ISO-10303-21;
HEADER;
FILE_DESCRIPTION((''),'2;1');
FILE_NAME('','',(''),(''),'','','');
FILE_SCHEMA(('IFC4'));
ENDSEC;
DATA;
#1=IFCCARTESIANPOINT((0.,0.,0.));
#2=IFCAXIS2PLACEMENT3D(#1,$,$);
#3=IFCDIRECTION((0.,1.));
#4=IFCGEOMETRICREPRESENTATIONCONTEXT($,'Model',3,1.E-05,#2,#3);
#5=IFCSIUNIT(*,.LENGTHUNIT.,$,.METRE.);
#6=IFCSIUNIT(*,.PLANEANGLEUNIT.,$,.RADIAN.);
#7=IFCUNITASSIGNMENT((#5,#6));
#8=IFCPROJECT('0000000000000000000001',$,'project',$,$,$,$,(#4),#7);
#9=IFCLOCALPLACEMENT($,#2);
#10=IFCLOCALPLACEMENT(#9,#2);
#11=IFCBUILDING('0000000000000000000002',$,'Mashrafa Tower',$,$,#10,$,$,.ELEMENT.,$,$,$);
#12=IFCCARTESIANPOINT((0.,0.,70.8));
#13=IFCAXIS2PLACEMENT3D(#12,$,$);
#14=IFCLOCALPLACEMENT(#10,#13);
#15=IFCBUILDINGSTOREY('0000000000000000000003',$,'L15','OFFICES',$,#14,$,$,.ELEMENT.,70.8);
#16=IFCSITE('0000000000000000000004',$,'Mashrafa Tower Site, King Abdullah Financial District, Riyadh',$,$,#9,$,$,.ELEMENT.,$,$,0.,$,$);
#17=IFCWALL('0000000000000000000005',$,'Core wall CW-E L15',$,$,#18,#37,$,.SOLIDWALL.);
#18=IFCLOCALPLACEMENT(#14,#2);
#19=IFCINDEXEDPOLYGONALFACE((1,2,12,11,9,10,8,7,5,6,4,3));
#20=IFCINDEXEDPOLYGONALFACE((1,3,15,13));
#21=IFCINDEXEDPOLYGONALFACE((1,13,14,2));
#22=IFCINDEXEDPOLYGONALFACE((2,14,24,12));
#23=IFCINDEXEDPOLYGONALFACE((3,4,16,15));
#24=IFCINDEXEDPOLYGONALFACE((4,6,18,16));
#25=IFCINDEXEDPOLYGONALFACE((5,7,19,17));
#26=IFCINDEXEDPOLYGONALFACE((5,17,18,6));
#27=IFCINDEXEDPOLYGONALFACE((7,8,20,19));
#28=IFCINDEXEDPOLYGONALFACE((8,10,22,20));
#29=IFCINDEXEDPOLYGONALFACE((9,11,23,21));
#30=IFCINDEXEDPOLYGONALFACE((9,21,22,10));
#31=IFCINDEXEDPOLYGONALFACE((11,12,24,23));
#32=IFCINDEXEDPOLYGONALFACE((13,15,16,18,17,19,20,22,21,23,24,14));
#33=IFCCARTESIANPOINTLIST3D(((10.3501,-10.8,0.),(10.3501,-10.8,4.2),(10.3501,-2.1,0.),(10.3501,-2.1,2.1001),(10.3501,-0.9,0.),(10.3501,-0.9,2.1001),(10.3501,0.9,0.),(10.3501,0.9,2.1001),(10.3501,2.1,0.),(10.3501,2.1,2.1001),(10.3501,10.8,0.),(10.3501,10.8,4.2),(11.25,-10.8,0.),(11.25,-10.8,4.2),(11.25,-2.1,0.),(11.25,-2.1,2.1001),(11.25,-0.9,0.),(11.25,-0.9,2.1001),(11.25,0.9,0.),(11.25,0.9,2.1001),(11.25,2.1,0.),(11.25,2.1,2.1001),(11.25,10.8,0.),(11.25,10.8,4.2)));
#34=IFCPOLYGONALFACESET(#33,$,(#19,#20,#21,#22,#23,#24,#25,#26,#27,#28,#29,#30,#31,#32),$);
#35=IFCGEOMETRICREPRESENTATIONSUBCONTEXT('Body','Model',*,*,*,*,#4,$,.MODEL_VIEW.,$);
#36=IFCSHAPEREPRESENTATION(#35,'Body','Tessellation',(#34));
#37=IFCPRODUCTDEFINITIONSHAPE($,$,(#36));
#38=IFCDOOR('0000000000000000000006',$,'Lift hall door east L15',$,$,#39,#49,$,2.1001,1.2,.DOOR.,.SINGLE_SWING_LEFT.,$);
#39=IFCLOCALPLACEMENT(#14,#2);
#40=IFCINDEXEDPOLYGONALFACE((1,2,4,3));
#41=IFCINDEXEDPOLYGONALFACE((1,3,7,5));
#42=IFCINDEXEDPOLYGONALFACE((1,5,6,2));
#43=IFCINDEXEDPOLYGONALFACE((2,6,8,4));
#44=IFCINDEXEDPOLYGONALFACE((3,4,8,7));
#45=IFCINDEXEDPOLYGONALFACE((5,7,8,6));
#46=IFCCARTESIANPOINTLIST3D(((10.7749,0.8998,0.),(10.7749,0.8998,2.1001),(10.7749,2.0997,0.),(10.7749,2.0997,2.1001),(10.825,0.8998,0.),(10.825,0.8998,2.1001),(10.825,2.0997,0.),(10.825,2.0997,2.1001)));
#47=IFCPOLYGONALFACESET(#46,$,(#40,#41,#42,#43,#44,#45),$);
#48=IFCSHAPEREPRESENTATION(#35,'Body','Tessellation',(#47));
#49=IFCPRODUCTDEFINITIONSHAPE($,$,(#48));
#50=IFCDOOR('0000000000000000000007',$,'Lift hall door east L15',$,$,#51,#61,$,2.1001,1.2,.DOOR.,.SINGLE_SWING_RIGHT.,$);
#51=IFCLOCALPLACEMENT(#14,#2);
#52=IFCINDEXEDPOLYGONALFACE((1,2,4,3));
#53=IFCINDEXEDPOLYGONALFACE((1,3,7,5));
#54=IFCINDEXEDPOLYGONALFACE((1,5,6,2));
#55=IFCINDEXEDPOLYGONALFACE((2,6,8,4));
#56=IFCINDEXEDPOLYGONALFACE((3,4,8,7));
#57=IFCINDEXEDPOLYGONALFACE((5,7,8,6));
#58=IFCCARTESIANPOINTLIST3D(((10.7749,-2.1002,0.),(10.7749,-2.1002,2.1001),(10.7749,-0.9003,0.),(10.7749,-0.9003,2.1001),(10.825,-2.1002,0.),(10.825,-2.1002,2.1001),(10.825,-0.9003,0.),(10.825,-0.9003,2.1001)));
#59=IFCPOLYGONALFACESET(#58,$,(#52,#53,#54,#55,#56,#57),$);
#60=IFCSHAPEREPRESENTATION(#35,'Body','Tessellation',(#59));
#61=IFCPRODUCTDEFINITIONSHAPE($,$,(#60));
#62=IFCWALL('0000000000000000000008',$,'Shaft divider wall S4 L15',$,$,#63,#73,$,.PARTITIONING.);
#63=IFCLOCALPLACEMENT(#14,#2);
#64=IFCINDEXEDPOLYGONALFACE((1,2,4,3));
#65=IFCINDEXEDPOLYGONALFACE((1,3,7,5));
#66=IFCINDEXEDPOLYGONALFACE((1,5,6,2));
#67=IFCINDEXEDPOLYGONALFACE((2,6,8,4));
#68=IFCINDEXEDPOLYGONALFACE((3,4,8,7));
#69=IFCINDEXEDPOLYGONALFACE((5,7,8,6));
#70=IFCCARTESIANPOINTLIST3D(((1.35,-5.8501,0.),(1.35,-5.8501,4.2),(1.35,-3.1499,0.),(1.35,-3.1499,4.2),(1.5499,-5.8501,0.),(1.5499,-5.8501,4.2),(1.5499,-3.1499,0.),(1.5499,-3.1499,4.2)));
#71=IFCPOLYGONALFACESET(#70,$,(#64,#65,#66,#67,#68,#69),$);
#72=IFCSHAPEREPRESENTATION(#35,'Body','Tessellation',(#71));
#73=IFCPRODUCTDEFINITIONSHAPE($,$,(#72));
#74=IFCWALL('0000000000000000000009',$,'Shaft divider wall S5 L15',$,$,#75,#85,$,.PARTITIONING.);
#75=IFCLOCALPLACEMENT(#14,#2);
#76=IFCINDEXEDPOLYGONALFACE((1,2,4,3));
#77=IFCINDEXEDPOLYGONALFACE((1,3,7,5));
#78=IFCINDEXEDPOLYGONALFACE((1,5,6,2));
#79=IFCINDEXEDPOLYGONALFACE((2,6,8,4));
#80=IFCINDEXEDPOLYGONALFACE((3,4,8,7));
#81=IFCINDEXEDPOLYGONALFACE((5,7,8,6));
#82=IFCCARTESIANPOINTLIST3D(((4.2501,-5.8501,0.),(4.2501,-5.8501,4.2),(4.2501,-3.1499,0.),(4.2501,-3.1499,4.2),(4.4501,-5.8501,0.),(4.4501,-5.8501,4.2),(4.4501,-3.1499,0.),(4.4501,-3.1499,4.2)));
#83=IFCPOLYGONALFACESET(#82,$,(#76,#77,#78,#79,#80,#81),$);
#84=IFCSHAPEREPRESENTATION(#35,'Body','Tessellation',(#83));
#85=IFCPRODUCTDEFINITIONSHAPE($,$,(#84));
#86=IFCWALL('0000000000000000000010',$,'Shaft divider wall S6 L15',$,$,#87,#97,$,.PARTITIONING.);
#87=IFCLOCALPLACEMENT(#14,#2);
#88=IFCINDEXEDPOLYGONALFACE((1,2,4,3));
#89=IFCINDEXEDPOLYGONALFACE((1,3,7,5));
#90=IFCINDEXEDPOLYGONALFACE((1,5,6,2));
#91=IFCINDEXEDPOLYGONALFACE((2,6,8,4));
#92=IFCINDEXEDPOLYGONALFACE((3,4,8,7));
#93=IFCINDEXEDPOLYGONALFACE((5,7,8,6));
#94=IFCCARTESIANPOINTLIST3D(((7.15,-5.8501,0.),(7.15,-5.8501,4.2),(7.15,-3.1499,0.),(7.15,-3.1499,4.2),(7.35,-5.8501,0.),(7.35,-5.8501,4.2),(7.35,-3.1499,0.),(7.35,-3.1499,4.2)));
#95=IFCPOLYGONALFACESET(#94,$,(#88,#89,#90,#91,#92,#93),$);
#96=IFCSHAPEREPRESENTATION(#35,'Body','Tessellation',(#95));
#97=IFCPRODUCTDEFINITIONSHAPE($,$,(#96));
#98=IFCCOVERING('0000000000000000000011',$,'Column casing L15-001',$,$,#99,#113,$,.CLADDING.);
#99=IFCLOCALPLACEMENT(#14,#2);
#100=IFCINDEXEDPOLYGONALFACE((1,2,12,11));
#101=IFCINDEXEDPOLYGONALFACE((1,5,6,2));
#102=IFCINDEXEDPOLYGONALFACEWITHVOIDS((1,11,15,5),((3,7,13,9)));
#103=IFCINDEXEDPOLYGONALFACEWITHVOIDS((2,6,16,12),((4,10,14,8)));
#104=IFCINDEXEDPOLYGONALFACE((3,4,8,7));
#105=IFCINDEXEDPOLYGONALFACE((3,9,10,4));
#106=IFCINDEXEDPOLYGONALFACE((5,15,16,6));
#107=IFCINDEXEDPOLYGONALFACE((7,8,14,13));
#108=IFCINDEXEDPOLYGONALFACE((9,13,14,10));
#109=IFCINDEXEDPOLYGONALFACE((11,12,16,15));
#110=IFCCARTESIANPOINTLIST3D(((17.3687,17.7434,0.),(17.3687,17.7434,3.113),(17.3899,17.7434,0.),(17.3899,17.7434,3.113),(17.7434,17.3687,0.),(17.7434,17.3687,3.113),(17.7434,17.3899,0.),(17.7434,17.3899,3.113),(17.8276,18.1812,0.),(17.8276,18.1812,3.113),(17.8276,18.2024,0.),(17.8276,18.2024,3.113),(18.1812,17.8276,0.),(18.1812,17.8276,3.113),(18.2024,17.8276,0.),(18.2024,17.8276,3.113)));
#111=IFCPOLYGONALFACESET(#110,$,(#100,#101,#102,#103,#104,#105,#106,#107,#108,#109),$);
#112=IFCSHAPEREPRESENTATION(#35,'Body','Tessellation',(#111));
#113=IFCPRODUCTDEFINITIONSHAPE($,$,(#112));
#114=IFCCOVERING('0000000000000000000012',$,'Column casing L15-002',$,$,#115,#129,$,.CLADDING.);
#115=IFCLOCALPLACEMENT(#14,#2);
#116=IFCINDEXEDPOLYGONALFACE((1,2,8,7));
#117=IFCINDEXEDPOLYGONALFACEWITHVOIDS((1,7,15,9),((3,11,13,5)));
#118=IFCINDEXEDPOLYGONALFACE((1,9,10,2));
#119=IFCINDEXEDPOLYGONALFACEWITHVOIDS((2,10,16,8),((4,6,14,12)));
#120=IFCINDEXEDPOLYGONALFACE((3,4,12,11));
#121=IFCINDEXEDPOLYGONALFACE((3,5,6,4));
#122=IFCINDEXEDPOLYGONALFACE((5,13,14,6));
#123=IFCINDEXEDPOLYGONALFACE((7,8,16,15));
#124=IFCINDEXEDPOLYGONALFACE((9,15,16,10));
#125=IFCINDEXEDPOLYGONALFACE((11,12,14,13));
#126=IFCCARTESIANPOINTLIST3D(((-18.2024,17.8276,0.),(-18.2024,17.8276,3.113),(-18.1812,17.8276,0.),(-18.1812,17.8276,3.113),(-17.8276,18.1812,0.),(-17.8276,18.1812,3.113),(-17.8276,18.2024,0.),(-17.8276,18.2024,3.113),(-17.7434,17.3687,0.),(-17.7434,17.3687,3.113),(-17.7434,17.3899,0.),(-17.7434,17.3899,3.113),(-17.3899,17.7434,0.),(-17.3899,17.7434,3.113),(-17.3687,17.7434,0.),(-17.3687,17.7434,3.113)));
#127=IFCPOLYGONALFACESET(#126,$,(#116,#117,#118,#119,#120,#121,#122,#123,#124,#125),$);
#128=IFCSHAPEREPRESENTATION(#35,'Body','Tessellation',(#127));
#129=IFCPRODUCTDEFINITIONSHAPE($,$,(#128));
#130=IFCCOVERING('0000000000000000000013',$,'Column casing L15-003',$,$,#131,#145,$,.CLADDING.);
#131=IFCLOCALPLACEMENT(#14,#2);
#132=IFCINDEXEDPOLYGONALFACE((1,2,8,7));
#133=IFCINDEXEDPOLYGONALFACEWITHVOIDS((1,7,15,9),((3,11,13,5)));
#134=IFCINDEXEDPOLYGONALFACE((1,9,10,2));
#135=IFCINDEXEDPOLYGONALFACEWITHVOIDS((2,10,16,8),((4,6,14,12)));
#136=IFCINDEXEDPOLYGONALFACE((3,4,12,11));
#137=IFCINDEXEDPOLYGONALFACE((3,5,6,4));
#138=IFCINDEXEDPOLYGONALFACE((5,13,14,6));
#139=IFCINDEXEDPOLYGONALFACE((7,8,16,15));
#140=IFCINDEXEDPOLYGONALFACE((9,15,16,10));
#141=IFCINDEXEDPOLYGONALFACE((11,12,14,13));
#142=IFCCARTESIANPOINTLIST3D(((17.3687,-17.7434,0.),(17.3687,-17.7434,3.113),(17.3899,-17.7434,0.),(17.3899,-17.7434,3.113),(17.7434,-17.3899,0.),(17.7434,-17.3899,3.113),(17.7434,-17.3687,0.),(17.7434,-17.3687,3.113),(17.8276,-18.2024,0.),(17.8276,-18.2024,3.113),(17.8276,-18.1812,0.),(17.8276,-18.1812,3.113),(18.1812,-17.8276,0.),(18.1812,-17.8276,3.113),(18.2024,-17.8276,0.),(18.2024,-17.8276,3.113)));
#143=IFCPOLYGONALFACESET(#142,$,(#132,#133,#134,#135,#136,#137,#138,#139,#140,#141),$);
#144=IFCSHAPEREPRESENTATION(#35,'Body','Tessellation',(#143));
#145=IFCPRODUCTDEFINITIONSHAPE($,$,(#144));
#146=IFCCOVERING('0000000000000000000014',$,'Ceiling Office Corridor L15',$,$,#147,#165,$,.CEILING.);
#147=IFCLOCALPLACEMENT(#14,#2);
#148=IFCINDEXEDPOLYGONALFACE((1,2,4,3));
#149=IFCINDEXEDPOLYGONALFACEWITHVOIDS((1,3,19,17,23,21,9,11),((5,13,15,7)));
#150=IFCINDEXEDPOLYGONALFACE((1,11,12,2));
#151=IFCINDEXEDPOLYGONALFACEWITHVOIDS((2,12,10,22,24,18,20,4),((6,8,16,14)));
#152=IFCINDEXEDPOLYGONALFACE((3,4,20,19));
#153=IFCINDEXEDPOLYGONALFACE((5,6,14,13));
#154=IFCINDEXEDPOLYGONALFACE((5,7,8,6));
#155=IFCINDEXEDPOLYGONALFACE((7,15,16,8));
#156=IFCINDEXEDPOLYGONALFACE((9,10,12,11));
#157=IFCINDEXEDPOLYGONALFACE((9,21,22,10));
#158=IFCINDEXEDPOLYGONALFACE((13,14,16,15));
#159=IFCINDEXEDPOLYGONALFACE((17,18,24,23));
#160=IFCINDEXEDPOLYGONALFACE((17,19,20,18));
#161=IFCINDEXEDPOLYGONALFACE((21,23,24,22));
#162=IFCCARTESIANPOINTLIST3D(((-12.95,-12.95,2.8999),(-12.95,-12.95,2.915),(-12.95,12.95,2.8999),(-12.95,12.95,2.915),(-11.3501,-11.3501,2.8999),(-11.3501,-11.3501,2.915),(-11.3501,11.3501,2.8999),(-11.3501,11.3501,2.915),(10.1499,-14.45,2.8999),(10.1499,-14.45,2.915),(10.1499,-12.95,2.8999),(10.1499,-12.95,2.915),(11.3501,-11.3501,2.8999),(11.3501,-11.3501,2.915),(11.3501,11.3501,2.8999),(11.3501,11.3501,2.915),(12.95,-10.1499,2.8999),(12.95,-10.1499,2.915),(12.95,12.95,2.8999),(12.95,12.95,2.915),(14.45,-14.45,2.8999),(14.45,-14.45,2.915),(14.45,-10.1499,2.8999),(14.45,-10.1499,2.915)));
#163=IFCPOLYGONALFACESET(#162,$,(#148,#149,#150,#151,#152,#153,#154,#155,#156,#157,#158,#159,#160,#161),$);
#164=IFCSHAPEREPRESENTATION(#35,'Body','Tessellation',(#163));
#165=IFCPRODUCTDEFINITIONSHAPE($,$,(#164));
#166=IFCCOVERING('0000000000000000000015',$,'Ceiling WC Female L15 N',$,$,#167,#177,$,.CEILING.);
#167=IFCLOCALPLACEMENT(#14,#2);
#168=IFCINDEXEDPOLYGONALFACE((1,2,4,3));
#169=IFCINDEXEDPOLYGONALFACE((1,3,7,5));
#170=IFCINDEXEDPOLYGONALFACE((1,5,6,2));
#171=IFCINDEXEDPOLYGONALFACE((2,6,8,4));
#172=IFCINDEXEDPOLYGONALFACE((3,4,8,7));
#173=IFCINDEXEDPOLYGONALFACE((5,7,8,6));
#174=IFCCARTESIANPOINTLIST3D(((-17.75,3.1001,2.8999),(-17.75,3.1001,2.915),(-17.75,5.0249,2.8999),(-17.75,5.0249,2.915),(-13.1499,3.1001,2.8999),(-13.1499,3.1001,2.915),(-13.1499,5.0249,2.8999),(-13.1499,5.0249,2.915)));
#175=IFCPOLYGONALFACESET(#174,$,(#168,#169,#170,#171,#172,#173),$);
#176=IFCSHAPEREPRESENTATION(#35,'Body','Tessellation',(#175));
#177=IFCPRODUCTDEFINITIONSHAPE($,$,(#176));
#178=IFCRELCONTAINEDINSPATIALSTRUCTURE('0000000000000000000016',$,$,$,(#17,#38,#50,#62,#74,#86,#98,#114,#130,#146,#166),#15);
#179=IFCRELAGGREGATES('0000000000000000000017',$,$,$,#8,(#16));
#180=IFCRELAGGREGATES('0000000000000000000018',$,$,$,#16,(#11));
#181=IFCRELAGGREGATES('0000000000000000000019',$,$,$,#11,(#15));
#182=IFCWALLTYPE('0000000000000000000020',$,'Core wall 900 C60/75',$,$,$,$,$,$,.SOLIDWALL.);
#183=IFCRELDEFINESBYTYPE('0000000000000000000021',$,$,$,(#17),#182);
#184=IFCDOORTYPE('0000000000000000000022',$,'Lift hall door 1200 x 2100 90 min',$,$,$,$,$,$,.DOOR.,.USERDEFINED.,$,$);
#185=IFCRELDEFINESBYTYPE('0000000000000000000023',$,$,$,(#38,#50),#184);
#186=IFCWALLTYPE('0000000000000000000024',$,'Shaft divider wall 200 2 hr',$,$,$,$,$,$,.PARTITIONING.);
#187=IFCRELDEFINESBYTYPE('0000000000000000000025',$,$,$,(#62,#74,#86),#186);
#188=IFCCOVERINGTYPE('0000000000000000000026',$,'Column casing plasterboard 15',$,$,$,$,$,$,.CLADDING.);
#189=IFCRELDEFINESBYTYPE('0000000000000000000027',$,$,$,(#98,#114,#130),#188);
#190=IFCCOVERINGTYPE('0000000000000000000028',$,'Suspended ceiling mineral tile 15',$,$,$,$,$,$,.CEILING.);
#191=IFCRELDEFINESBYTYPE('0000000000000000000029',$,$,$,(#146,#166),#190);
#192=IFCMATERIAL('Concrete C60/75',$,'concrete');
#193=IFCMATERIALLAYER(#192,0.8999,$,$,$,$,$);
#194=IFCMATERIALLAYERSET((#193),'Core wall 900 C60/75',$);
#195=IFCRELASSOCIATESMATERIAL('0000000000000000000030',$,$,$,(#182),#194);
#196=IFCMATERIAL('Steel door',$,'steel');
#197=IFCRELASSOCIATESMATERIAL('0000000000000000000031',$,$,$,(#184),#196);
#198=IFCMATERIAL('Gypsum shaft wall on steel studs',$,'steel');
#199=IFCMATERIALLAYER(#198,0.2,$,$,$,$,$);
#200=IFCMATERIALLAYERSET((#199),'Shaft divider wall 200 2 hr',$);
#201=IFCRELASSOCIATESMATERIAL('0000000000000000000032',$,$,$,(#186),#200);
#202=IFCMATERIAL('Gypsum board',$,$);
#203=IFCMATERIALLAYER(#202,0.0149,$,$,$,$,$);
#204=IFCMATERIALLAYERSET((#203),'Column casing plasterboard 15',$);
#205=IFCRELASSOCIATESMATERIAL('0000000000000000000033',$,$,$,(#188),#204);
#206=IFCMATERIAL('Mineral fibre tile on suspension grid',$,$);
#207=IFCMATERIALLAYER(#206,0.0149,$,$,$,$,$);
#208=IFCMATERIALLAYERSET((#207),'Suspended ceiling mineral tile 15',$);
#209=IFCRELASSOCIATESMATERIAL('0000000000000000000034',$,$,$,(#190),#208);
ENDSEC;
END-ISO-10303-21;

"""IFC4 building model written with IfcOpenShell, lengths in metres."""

from ifc_helpers import new_model, si_unit, direction, frame, frame_2d, origin, place, context, subcontext, project, spatial, polyline, rectangle, outline, extrude, material, layer, layer_set, type_object, element, fill, save


model = new_model("IFC4")

# Units and contexts
model_context = context("Model", 3, precision=1e-05, world=origin(), true_north=direction((0.0, 1.0)))
body_context = subcontext(model_context, "Body", "Model", "MODEL_VIEW")
ifc_project = project(units=[si_unit("LENGTHUNIT", "METRE"), si_unit("PLANEANGLEUNIT", "RADIAN")], contexts=[model_context])

# Site, building, storey
site_placement = place(None, origin())
site = spatial("IfcSite", under=ifc_project, at=site_placement, Name="Mashrafa Tower Site, King Abdullah Financial District, Riyadh", CompositionType="ELEMENT", RefElevation=0.0)
building_placement = place(site_placement, origin())
building = spatial("IfcBuilding", under=site, at=building_placement, Name="Mashrafa Tower", CompositionType="ELEMENT")
storey_placement = place(building_placement, frame((0.0, 0.0, 70.8)))
storey = spatial("IfcBuildingStorey", under=building, at=storey_placement, Name="L15", Description="OFFICES", CompositionType="ELEMENT", Elevation=70.8)

# Wall, openings, doors
ifc_material_1 = material(Name="Concrete C60/75", Category="concrete")
ifc_layer_1 = layer(ifc_material_1, 0.8999)
ifc_layer_set_1 = layer_set([ifc_layer_1], Name="Core wall 900 C60/75")
wall_type_1 = type_object("IfcWallType", Name="Core wall 900 C60/75", PredefinedType="SOLIDWALL", material=ifc_layer_set_1)
wall_1_placement = place(storey_placement, frame((10.8, -10.8, 0.0), z_axis=(0.0, 0.0, 1.0), x_axis=(0.0, 1.0, 0.0)))
wall_1 = element("IfcWall", 1, at=wall_1_placement, inside=storey, type_object=wall_type_1, Name="Core wall CW-E L15", PredefinedType="SOLIDWALL", context=body_context, shape_type="SweptSolid", body=[
    extrude(rectangle(XDim=21.6001, YDim=0.8999, at=frame_2d((10.8, 0.0))), origin(), (0.0, 0.0, 1.0), 4.2),
])
opening_1_placement = place(wall_1_placement, frame((11.7, 0.0, 0.0)))
opening_1 = element("IfcOpeningElement", 2, at=opening_1_placement, cuts=wall_1, PredefinedType="OPENING", context=body_context, shape_type="SweptSolid", body=[
    extrude(rectangle(XDim=1.2, YDim=2.1001, at=frame_2d((0.6001, 1.05))), frame((0.0, 0.46, 0.0), z_axis=(0.0, -1.0, 0.0), x_axis=(1.0, 0.0, 0.0)), (0.0, 0.0, 1.0), 0.9199),
])
opening_2_placement = place(wall_1_placement, frame((8.7, 0.0, 0.0)))
opening_2 = element("IfcOpeningElement", 3, at=opening_2_placement, cuts=wall_1, PredefinedType="OPENING", context=body_context, shape_type="SweptSolid", body=[
    extrude(rectangle(XDim=1.2, YDim=2.1001, at=frame_2d((0.6001, 1.05))), frame((0.0, 0.46, 0.0), z_axis=(0.0, -1.0, 0.0), x_axis=(1.0, 0.0, 0.0)), (0.0, 0.0, 1.0), 0.9199),
])
ifc_material_2 = material(Name="Steel door", Category="steel")
door_type_1 = type_object("IfcDoorType", Name="Lift hall door 1200 x 2100 90 min", OperationType="USERDEFINED", PredefinedType="DOOR", material=ifc_material_2)
door_1_placement = place(opening_1_placement, frame((1.2, 0.0, 0.0), z_axis=(0.0, 0.0, 1.0), x_axis=(-1.0, 0.0, 0.0)))
door_1 = element("IfcDoor", 4, at=door_1_placement, inside=storey, type_object=door_type_1, Name="Lift hall door east L15", OperationType="SINGLE_SWING_LEFT", OverallHeight=2.1001, OverallWidth=1.2, PredefinedType="DOOR", context=body_context, shape_type="SweptSolid", body=[
    extrude(rectangle(XDim=1.2, YDim=2.1001, at=frame_2d((0.6001, 1.05))), frame((0.0, 0.0249, 0.0), z_axis=(0.0, -1.0, 0.0), x_axis=(1.0, 0.0, 0.0)), (0.0, 0.0, 1.0), 0.05),
])
fill(opening_1, door_1)
door_2_placement = place(opening_2_placement, frame((1.2, 0.0, 0.0), z_axis=(0.0, 0.0, 1.0), x_axis=(-1.0, 0.0, 0.0)))
door_2 = element("IfcDoor", 5, at=door_2_placement, inside=storey, type_object=door_type_1, Name="Lift hall door east L15", OperationType="SINGLE_SWING_RIGHT", OverallHeight=2.1001, OverallWidth=1.2, PredefinedType="DOOR", context=body_context, shape_type="SweptSolid", body=[
    extrude(rectangle(XDim=1.2, YDim=2.1001, at=frame_2d((0.6001, 1.05))), frame((0.0, 0.0249, 0.0), z_axis=(0.0, -1.0, 0.0), x_axis=(1.0, 0.0, 0.0)), (0.0, 0.0, 1.0), 0.05),
])
fill(opening_2, door_2)

# Walls
ifc_material_3 = material(Name="Gypsum shaft wall on steel studs", Category="steel")
ifc_layer_2 = layer(ifc_material_3, 0.2)
ifc_layer_set_2 = layer_set([ifc_layer_2], Name="Shaft divider wall 200 2 hr")
wall_type_2 = type_object("IfcWallType", Name="Shaft divider wall 200 2 hr", PredefinedType="PARTITIONING", material=ifc_layer_set_2)
for number, where, z_axis, x_axis, name in (
    (6, (1.45, -5.8501, 0.0), (0.0, 0.0, 1.0), (0.0, 1.0, 0.0), "Shaft divider wall S4 L15"),
    (7, (4.3501, -5.8501, 0.0), (0.0, 0.0, 1.0), (0.0, 1.0, 0.0), "Shaft divider wall S5 L15"),
    (8, (7.25, -5.8501, 0.0), (0.0, 0.0, 1.0), (0.0, 1.0, 0.0), "Shaft divider wall S6 L15"),
):
    element("IfcWall", number, at=place(storey_placement, frame(where, z_axis=z_axis, x_axis=x_axis)), inside=storey, type_object=wall_type_2, Name=name, PredefinedType="PARTITIONING", context=body_context, shape_type="SweptSolid", body=[
        extrude(rectangle(XDim=2.7002, YDim=0.2, at=frame_2d((1.3501, 0.0))), origin(), (0.0, 0.0, 1.0), 4.2),
    ])

# Coverings
ifc_material_4 = material(Name="Gypsum board")
ifc_layer_3 = layer(ifc_material_4, 0.0149)
ifc_layer_set_3 = layer_set([ifc_layer_3], Name="Column casing plasterboard 15")
covering_type_1 = type_object("IfcCoveringType", Name="Column casing plasterboard 15", PredefinedType="CLADDING", material=ifc_layer_set_3)
covering_1_placement = place(storey_placement, origin())
element("IfcCovering", 9, at=covering_1_placement, inside=storey, type_object=covering_type_1, Name="Column casing L15-001", PredefinedType="CLADDING", context=body_context, shape_type="SweptSolid", body=[
    extrude(outline(polyline([(17.3687, 17.7434), (17.8276, 18.2024), (18.2024, 17.8276), (17.7434, 17.3687), (17.3687, 17.7434)]), holes=[polyline([(18.1812, 17.8276), (17.8276, 18.1812), (17.3899, 17.7434), (17.7434, 17.3899), (18.1812, 17.8276)])]), origin(), (0.0, 0.0, 1.0), 3.113),
])
covering_2_placement = place(storey_placement, origin())
element("IfcCovering", 10, at=covering_2_placement, inside=storey, type_object=covering_type_1, Name="Column casing L15-002", PredefinedType="CLADDING", context=body_context, shape_type="SweptSolid", body=[
    extrude(outline(polyline([(-18.2024, 17.8276), (-17.8276, 18.2024), (-17.3687, 17.7434), (-17.7434, 17.3687), (-18.2024, 17.8276)]), holes=[polyline([(-17.3899, 17.7434), (-17.8276, 18.1812), (-18.1812, 17.8276), (-17.7434, 17.3899), (-17.3899, 17.7434)])]), origin(), (0.0, 0.0, 1.0), 3.113),
])
covering_3_placement = place(storey_placement, origin())
element("IfcCovering", 11, at=covering_3_placement, inside=storey, type_object=covering_type_1, Name="Column casing L15-003", PredefinedType="CLADDING", context=body_context, shape_type="SweptSolid", body=[
    extrude(outline(polyline([(17.3687, -17.7434), (17.7434, -17.3687), (18.2024, -17.8276), (17.8276, -18.2024), (17.3687, -17.7434)]), holes=[polyline([(18.1812, -17.8276), (17.7434, -17.3899), (17.3899, -17.7434), (17.8276, -18.1812), (18.1812, -17.8276)])]), origin(), (0.0, 0.0, 1.0), 3.113),
])
ifc_material_5 = material(Name="Mineral fibre tile on suspension grid")
ifc_layer_4 = layer(ifc_material_5, 0.0149)
ifc_layer_set_4 = layer_set([ifc_layer_4], Name="Suspended ceiling mineral tile 15")
covering_type_2 = type_object("IfcCoveringType", Name="Suspended ceiling mineral tile 15", PredefinedType="CEILING", material=ifc_layer_set_4)
covering_4_placement = place(storey_placement, frame((0.0, 0.0, 2.8999)))
element("IfcCovering", 12, at=covering_4_placement, inside=storey, type_object=covering_type_2, Name="Ceiling Office Corridor L15", PredefinedType="CEILING", context=body_context, shape_type="SweptSolid", body=[
    extrude(outline(polyline([(14.45, -10.1499), (14.45, -14.45), (10.1499, -14.45), (10.1499, -12.95), (-12.95, -12.95), (-12.95, 12.95), (12.95, 12.95), (12.95, -10.1499), (14.45, -10.1499)]), holes=[polyline([(11.3501, 11.3501), (-11.3501, 11.3501), (-11.3501, -11.3501), (11.3501, -11.3501), (11.3501, 11.3501)])]), origin(), (0.0, 0.0, 1.0), 0.0151),
])
covering_5_placement = place(storey_placement, frame((0.0, 0.0, 2.8999)))
element("IfcCovering", 13, at=covering_5_placement, inside=storey, type_object=covering_type_2, Name="Ceiling WC Female L15 N", PredefinedType="CEILING", context=body_context, shape_type="SweptSolid", body=[
    extrude(outline(polyline([(-17.75, 3.1001), (-17.75, 5.0249), (-13.1499, 5.0249), (-13.1499, 3.1001), (-17.75, 3.1001)])), origin(), (0.0, 0.0, 1.0), 0.0151),
])

save(model, "model.ifc")
